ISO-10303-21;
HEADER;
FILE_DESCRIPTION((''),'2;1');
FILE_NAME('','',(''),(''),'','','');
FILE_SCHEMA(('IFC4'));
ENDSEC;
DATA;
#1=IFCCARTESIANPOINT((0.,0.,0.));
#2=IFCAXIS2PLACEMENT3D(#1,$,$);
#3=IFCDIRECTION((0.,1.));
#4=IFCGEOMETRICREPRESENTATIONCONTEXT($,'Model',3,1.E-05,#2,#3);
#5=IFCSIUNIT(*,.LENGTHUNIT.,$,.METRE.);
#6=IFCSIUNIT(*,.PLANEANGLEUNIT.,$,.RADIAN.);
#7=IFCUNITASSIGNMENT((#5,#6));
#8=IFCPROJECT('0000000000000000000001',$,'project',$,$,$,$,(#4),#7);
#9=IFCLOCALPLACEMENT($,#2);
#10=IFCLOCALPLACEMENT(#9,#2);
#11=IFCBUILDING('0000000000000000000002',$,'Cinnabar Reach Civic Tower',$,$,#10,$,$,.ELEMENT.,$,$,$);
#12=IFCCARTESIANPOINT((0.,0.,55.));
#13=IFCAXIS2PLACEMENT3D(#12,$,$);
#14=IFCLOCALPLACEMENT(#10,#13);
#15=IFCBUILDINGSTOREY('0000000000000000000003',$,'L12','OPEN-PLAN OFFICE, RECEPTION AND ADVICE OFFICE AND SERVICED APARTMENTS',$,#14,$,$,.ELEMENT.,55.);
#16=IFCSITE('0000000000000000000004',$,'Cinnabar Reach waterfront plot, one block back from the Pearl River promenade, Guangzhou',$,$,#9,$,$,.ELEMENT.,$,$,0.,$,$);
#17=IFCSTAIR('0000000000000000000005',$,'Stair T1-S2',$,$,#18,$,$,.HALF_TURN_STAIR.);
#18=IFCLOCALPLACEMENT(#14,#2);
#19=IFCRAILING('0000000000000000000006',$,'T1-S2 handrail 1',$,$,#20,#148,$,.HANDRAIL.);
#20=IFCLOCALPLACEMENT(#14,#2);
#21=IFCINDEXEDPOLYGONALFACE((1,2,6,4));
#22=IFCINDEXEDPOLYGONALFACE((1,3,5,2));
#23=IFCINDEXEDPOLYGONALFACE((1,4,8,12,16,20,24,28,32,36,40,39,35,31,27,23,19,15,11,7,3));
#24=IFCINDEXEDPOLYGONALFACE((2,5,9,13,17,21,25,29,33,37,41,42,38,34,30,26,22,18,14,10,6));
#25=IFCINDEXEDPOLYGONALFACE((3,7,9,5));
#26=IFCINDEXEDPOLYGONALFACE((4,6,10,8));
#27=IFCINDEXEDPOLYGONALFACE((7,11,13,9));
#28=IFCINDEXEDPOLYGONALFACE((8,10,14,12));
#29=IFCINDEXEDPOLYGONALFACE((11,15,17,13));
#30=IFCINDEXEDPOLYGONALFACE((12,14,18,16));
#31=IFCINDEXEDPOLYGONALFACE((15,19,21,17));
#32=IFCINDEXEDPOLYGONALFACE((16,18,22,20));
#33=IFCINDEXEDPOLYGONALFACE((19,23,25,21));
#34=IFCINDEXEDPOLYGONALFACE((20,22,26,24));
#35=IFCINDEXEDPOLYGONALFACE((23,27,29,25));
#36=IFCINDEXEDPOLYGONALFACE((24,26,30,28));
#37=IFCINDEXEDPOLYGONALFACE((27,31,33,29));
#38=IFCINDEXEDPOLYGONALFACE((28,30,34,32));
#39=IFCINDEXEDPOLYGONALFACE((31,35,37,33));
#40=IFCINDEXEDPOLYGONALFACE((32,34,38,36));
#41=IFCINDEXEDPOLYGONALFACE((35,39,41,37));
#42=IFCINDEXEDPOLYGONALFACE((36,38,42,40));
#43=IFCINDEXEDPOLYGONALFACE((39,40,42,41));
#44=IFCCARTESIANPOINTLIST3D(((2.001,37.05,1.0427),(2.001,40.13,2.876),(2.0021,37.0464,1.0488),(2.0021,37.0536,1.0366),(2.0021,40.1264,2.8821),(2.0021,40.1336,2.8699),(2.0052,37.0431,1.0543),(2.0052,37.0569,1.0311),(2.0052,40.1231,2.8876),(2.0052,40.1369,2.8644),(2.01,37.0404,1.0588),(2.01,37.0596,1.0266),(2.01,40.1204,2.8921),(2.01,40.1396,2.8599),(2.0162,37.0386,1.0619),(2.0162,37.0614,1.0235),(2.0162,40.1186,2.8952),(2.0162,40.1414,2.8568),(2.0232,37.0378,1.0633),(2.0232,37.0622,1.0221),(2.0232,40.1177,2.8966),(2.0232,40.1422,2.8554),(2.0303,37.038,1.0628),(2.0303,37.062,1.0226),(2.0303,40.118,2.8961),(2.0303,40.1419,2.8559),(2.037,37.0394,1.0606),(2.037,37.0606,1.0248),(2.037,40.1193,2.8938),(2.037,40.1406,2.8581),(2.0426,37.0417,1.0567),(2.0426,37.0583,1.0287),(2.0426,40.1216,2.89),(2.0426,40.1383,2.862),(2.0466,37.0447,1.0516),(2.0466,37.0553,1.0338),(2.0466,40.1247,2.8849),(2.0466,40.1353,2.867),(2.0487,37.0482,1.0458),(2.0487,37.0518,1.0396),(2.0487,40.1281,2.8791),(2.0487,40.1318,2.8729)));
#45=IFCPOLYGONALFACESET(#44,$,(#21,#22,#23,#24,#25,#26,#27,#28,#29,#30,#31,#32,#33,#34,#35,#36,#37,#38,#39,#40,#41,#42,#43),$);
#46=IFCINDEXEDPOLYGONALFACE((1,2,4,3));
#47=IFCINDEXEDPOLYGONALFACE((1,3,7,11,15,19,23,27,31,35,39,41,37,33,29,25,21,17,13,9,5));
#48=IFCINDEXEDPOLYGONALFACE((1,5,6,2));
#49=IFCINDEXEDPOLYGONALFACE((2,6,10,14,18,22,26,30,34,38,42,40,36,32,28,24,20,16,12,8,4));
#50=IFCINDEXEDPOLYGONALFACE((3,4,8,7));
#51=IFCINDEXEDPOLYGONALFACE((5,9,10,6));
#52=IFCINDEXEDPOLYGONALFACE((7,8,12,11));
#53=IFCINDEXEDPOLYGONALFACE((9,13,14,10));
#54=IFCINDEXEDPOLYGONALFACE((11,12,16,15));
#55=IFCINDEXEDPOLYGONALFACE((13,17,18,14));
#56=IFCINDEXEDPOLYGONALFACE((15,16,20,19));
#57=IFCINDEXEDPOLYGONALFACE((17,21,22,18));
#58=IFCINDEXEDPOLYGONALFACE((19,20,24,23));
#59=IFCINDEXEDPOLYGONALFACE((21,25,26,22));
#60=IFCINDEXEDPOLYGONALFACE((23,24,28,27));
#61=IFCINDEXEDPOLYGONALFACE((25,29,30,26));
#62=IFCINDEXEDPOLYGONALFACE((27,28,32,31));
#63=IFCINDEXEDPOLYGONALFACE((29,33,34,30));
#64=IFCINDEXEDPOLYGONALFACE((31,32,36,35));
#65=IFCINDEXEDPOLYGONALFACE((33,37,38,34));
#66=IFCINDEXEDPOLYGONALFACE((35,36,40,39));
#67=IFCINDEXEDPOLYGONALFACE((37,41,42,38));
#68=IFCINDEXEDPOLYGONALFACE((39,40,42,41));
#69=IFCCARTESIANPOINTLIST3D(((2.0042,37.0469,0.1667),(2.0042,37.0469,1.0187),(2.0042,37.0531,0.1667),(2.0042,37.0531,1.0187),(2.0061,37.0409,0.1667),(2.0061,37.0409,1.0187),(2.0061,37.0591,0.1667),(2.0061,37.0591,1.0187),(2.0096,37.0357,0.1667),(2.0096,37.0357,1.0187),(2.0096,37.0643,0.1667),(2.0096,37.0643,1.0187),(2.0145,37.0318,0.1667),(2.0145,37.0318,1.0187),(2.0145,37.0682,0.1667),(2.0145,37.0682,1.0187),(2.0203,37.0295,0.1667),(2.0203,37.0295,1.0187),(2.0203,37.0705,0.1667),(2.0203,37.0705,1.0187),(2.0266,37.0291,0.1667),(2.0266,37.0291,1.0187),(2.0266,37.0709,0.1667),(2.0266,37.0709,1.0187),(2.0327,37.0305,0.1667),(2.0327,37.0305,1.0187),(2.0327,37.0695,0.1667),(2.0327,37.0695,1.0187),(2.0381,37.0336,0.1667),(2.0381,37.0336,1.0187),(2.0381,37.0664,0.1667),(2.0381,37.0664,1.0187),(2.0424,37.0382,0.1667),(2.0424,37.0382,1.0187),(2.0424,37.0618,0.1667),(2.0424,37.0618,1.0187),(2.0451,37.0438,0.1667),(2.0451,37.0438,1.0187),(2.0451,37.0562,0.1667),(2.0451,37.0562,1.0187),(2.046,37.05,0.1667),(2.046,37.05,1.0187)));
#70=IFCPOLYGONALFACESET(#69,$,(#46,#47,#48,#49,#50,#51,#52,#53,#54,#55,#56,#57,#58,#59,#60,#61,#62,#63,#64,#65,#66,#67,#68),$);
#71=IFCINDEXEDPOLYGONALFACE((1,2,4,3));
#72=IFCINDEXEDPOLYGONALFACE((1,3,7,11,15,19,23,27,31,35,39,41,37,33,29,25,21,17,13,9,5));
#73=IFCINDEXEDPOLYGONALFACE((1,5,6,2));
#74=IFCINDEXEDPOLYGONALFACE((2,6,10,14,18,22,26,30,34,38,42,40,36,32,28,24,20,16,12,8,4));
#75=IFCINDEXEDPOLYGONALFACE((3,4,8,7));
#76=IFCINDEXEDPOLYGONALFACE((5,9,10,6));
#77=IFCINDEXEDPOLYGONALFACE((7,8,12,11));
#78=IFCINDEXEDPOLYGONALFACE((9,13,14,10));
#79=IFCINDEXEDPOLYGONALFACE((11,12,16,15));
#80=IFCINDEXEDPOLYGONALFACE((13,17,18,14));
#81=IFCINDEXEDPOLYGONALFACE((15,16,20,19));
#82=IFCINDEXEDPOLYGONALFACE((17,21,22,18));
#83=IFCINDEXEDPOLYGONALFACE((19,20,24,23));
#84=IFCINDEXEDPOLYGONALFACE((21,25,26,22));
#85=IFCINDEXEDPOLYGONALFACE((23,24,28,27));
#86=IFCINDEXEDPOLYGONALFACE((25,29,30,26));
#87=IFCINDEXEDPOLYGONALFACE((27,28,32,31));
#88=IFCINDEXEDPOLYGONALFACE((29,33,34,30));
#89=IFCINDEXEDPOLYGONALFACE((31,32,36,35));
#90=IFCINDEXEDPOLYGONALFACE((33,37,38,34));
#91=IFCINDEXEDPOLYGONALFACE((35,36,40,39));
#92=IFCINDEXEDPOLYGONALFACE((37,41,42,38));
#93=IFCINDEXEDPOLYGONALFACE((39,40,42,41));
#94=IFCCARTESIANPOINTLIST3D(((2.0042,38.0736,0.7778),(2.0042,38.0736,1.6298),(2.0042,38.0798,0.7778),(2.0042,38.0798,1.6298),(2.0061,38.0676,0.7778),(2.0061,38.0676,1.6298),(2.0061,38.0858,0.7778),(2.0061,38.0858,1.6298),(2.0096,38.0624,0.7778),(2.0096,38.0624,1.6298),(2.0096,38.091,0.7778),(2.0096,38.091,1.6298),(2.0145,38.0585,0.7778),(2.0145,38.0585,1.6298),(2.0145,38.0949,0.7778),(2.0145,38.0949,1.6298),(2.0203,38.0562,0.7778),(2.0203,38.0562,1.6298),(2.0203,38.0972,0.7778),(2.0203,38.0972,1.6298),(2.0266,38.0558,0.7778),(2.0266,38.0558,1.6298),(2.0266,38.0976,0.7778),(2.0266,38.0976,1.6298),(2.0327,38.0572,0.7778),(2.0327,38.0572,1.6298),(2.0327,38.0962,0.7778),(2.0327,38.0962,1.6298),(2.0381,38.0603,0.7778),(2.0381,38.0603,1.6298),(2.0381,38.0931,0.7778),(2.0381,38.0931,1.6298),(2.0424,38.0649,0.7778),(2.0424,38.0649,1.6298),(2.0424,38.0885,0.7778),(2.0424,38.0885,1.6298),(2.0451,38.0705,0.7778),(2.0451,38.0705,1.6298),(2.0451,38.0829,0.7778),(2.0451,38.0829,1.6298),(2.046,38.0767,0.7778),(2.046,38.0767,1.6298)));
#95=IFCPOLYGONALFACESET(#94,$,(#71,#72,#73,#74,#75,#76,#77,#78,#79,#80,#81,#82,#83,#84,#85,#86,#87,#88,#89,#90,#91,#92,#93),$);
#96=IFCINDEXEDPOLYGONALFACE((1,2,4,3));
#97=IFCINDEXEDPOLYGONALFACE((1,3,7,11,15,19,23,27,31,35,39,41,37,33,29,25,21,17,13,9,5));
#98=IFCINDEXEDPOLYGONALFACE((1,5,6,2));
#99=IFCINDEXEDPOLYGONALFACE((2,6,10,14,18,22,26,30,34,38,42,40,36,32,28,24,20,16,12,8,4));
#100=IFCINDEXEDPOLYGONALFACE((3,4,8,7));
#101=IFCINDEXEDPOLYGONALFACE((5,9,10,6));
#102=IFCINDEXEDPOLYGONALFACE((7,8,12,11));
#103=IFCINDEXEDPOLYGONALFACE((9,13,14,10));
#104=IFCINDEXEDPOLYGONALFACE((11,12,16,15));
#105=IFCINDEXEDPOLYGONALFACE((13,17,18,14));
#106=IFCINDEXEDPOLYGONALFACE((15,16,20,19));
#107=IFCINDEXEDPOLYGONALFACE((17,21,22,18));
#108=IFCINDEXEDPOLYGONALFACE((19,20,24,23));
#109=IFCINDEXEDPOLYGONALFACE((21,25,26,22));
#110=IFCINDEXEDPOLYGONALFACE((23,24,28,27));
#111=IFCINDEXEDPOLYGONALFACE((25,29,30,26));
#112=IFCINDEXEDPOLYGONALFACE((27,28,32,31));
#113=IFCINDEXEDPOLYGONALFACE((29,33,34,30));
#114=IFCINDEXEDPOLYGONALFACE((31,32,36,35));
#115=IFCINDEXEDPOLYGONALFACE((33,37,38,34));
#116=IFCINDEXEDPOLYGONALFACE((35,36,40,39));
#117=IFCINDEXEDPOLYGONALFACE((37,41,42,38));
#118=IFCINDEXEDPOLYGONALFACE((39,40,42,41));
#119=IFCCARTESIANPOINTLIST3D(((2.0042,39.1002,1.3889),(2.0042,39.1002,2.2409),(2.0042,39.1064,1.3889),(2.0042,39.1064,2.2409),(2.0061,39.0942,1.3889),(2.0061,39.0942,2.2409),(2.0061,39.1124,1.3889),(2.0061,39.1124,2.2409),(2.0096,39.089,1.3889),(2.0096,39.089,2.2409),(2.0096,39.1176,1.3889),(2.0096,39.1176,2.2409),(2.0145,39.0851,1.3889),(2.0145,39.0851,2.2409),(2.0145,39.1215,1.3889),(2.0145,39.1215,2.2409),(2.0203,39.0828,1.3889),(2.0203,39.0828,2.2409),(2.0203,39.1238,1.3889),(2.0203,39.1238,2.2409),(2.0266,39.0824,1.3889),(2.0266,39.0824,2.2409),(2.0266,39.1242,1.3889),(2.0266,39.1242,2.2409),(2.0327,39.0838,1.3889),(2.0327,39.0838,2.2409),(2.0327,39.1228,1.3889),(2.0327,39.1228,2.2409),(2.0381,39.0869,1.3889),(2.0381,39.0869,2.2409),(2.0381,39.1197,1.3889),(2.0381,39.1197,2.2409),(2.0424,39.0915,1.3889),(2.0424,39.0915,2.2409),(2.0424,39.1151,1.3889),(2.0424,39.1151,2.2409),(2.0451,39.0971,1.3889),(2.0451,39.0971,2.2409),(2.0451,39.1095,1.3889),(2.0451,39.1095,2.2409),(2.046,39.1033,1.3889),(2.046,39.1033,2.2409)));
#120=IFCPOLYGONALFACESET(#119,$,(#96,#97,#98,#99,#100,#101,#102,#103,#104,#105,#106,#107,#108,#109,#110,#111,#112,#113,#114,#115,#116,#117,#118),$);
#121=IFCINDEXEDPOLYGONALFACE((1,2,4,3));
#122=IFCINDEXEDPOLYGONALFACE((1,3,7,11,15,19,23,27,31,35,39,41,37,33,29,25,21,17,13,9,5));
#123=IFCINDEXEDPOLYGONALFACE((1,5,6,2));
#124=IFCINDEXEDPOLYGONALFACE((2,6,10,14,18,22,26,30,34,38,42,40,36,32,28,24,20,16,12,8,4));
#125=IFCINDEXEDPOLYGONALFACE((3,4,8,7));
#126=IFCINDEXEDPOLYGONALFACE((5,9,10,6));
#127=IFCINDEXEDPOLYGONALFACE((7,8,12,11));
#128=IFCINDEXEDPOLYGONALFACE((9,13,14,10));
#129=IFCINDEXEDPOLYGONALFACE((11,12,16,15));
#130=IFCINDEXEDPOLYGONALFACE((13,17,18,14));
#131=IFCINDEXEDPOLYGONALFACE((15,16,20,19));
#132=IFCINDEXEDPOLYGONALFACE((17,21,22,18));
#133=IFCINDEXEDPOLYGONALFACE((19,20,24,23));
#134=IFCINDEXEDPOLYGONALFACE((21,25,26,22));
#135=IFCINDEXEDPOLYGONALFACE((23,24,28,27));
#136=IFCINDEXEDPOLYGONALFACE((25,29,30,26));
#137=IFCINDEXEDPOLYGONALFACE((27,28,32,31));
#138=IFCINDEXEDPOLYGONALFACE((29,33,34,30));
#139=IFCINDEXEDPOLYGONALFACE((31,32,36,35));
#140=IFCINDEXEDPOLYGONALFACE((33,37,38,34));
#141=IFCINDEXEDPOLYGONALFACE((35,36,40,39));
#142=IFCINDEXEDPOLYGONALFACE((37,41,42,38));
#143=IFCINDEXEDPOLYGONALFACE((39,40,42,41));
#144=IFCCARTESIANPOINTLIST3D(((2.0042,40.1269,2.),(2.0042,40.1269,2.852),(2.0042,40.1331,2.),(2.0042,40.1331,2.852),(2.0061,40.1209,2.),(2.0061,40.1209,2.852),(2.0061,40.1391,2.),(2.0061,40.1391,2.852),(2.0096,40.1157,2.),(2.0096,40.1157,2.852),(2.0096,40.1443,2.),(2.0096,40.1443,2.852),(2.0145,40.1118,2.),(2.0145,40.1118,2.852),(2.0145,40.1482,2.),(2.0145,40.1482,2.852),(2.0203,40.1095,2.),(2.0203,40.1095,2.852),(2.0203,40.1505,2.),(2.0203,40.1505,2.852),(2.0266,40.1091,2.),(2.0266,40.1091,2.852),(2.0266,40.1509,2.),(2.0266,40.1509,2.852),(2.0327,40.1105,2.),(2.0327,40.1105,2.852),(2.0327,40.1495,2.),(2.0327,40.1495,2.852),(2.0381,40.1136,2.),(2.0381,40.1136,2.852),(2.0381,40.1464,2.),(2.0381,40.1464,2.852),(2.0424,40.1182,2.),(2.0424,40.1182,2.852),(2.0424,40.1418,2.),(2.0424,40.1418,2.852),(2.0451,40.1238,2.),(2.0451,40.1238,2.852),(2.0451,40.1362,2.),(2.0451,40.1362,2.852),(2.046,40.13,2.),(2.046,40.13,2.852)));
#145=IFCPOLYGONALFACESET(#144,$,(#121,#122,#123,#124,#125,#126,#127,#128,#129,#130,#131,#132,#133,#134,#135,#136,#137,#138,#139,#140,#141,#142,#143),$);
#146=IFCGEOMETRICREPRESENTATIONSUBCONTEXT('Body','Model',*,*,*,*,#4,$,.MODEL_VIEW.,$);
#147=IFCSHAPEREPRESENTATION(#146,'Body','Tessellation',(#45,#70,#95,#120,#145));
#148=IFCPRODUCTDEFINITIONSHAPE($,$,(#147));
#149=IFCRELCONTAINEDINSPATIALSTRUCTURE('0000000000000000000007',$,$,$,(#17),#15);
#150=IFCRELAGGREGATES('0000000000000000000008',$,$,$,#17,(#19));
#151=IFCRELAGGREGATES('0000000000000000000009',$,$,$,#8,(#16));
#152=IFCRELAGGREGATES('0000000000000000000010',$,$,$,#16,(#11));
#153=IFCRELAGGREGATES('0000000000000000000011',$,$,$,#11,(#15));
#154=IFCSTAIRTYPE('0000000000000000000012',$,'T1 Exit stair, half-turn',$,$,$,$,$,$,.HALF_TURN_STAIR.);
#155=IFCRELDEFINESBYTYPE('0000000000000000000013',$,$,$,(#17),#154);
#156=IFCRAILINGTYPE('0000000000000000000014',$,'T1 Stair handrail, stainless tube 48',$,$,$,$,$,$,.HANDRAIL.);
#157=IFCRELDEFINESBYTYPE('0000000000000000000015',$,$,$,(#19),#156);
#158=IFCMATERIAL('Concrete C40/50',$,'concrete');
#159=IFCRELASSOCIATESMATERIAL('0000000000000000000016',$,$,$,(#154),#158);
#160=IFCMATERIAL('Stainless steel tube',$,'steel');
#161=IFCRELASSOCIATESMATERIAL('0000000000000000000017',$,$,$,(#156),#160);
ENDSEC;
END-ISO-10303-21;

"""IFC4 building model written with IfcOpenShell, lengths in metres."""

from ifc_helpers import new_model, si_unit, direction, frame, origin, origin_2d, place, context, subcontext, project, spatial, circle, extrude, material, type_object, element, aggregate, save


model = new_model("IFC4")

# Units and contexts
model_context = context("Model", 3, precision=1e-05, world=origin(), true_north=direction((0.0, 1.0)))
body_context = subcontext(model_context, "Body", "Model", "MODEL_VIEW")
ifc_project = project(units=[si_unit("LENGTHUNIT", "METRE"), si_unit("PLANEANGLEUNIT", "RADIAN")], contexts=[model_context])

# Site, building, storey
site_placement = place(None, origin())
site = spatial("IfcSite", under=ifc_project, at=site_placement, Name="Cinnabar Reach waterfront plot, one block back from the Pearl River promenade, Guangzhou", CompositionType="ELEMENT", RefElevation=0.0)
building_placement = place(site_placement, origin())
building = spatial("IfcBuilding", under=site, at=building_placement, Name="Cinnabar Reach Civic Tower", CompositionType="ELEMENT")
storey_placement = place(building_placement, frame((0.0, 0.0, 55.0)))
storey = spatial("IfcBuildingStorey", under=building, at=storey_placement, Name="L12", Description="OPEN-PLAN OFFICE, RECEPTION AND ADVICE OFFICE AND SERVICED APARTMENTS", CompositionType="ELEMENT", Elevation=55.0)

# Stair, railing
ifc_material_1 = material(Name="Concrete C40/50", Category="concrete")
stair_type = type_object("IfcStairType", Name="T1 Exit stair, half-turn", PredefinedType="HALF_TURN_STAIR", material=ifc_material_1)
stair_placement = place(storey_placement, origin())
stair = element("IfcStair", 1, at=stair_placement, inside=storey, type_object=stair_type, Name="Stair T1-S2", PredefinedType="HALF_TURN_STAIR")
ifc_material_2 = material(Name="Stainless steel tube", Category="steel")
railing_type = type_object("IfcRailingType", Name="T1 Stair handrail, stainless tube 48", PredefinedType="HANDRAIL", material=ifc_material_2)
railing_placement = place(storey_placement, frame((2.025, 37.05, 0.1667)))
railing = element("IfcRailing", 2, at=railing_placement, type_object=railing_type, Name="T1-S2 handrail 1", PredefinedType="HANDRAIL", context=body_context, shape_type="SweptSolid", body=[
    extrude(circle(Radius=0.024, at=origin_2d()), frame((0.0, 0.0, 0.876), z_axis=(0.0, 0.859297, 0.511477), x_axis=(-1.0, 0.0, 0.0)), (0.0, 0.0, 1.0), 3.5843),
    extrude(circle(Radius=0.021, at=origin_2d()), origin(), (0.0, 0.0, 1.0), 0.852),
    extrude(circle(Radius=0.021, at=origin_2d()), frame((0.0, 1.0267, 0.6111)), (0.0, 0.0, 1.0), 0.852),
    extrude(circle(Radius=0.021, at=origin_2d()), frame((0.0, 2.0533, 1.2222)), (0.0, 0.0, 1.0), 0.852),
    extrude(circle(Radius=0.021, at=origin_2d()), frame((0.0, 3.08, 1.8333)), (0.0, 0.0, 1.0), 0.852),
])
aggregate(stair, [railing])

save(model, "model.ifc")
